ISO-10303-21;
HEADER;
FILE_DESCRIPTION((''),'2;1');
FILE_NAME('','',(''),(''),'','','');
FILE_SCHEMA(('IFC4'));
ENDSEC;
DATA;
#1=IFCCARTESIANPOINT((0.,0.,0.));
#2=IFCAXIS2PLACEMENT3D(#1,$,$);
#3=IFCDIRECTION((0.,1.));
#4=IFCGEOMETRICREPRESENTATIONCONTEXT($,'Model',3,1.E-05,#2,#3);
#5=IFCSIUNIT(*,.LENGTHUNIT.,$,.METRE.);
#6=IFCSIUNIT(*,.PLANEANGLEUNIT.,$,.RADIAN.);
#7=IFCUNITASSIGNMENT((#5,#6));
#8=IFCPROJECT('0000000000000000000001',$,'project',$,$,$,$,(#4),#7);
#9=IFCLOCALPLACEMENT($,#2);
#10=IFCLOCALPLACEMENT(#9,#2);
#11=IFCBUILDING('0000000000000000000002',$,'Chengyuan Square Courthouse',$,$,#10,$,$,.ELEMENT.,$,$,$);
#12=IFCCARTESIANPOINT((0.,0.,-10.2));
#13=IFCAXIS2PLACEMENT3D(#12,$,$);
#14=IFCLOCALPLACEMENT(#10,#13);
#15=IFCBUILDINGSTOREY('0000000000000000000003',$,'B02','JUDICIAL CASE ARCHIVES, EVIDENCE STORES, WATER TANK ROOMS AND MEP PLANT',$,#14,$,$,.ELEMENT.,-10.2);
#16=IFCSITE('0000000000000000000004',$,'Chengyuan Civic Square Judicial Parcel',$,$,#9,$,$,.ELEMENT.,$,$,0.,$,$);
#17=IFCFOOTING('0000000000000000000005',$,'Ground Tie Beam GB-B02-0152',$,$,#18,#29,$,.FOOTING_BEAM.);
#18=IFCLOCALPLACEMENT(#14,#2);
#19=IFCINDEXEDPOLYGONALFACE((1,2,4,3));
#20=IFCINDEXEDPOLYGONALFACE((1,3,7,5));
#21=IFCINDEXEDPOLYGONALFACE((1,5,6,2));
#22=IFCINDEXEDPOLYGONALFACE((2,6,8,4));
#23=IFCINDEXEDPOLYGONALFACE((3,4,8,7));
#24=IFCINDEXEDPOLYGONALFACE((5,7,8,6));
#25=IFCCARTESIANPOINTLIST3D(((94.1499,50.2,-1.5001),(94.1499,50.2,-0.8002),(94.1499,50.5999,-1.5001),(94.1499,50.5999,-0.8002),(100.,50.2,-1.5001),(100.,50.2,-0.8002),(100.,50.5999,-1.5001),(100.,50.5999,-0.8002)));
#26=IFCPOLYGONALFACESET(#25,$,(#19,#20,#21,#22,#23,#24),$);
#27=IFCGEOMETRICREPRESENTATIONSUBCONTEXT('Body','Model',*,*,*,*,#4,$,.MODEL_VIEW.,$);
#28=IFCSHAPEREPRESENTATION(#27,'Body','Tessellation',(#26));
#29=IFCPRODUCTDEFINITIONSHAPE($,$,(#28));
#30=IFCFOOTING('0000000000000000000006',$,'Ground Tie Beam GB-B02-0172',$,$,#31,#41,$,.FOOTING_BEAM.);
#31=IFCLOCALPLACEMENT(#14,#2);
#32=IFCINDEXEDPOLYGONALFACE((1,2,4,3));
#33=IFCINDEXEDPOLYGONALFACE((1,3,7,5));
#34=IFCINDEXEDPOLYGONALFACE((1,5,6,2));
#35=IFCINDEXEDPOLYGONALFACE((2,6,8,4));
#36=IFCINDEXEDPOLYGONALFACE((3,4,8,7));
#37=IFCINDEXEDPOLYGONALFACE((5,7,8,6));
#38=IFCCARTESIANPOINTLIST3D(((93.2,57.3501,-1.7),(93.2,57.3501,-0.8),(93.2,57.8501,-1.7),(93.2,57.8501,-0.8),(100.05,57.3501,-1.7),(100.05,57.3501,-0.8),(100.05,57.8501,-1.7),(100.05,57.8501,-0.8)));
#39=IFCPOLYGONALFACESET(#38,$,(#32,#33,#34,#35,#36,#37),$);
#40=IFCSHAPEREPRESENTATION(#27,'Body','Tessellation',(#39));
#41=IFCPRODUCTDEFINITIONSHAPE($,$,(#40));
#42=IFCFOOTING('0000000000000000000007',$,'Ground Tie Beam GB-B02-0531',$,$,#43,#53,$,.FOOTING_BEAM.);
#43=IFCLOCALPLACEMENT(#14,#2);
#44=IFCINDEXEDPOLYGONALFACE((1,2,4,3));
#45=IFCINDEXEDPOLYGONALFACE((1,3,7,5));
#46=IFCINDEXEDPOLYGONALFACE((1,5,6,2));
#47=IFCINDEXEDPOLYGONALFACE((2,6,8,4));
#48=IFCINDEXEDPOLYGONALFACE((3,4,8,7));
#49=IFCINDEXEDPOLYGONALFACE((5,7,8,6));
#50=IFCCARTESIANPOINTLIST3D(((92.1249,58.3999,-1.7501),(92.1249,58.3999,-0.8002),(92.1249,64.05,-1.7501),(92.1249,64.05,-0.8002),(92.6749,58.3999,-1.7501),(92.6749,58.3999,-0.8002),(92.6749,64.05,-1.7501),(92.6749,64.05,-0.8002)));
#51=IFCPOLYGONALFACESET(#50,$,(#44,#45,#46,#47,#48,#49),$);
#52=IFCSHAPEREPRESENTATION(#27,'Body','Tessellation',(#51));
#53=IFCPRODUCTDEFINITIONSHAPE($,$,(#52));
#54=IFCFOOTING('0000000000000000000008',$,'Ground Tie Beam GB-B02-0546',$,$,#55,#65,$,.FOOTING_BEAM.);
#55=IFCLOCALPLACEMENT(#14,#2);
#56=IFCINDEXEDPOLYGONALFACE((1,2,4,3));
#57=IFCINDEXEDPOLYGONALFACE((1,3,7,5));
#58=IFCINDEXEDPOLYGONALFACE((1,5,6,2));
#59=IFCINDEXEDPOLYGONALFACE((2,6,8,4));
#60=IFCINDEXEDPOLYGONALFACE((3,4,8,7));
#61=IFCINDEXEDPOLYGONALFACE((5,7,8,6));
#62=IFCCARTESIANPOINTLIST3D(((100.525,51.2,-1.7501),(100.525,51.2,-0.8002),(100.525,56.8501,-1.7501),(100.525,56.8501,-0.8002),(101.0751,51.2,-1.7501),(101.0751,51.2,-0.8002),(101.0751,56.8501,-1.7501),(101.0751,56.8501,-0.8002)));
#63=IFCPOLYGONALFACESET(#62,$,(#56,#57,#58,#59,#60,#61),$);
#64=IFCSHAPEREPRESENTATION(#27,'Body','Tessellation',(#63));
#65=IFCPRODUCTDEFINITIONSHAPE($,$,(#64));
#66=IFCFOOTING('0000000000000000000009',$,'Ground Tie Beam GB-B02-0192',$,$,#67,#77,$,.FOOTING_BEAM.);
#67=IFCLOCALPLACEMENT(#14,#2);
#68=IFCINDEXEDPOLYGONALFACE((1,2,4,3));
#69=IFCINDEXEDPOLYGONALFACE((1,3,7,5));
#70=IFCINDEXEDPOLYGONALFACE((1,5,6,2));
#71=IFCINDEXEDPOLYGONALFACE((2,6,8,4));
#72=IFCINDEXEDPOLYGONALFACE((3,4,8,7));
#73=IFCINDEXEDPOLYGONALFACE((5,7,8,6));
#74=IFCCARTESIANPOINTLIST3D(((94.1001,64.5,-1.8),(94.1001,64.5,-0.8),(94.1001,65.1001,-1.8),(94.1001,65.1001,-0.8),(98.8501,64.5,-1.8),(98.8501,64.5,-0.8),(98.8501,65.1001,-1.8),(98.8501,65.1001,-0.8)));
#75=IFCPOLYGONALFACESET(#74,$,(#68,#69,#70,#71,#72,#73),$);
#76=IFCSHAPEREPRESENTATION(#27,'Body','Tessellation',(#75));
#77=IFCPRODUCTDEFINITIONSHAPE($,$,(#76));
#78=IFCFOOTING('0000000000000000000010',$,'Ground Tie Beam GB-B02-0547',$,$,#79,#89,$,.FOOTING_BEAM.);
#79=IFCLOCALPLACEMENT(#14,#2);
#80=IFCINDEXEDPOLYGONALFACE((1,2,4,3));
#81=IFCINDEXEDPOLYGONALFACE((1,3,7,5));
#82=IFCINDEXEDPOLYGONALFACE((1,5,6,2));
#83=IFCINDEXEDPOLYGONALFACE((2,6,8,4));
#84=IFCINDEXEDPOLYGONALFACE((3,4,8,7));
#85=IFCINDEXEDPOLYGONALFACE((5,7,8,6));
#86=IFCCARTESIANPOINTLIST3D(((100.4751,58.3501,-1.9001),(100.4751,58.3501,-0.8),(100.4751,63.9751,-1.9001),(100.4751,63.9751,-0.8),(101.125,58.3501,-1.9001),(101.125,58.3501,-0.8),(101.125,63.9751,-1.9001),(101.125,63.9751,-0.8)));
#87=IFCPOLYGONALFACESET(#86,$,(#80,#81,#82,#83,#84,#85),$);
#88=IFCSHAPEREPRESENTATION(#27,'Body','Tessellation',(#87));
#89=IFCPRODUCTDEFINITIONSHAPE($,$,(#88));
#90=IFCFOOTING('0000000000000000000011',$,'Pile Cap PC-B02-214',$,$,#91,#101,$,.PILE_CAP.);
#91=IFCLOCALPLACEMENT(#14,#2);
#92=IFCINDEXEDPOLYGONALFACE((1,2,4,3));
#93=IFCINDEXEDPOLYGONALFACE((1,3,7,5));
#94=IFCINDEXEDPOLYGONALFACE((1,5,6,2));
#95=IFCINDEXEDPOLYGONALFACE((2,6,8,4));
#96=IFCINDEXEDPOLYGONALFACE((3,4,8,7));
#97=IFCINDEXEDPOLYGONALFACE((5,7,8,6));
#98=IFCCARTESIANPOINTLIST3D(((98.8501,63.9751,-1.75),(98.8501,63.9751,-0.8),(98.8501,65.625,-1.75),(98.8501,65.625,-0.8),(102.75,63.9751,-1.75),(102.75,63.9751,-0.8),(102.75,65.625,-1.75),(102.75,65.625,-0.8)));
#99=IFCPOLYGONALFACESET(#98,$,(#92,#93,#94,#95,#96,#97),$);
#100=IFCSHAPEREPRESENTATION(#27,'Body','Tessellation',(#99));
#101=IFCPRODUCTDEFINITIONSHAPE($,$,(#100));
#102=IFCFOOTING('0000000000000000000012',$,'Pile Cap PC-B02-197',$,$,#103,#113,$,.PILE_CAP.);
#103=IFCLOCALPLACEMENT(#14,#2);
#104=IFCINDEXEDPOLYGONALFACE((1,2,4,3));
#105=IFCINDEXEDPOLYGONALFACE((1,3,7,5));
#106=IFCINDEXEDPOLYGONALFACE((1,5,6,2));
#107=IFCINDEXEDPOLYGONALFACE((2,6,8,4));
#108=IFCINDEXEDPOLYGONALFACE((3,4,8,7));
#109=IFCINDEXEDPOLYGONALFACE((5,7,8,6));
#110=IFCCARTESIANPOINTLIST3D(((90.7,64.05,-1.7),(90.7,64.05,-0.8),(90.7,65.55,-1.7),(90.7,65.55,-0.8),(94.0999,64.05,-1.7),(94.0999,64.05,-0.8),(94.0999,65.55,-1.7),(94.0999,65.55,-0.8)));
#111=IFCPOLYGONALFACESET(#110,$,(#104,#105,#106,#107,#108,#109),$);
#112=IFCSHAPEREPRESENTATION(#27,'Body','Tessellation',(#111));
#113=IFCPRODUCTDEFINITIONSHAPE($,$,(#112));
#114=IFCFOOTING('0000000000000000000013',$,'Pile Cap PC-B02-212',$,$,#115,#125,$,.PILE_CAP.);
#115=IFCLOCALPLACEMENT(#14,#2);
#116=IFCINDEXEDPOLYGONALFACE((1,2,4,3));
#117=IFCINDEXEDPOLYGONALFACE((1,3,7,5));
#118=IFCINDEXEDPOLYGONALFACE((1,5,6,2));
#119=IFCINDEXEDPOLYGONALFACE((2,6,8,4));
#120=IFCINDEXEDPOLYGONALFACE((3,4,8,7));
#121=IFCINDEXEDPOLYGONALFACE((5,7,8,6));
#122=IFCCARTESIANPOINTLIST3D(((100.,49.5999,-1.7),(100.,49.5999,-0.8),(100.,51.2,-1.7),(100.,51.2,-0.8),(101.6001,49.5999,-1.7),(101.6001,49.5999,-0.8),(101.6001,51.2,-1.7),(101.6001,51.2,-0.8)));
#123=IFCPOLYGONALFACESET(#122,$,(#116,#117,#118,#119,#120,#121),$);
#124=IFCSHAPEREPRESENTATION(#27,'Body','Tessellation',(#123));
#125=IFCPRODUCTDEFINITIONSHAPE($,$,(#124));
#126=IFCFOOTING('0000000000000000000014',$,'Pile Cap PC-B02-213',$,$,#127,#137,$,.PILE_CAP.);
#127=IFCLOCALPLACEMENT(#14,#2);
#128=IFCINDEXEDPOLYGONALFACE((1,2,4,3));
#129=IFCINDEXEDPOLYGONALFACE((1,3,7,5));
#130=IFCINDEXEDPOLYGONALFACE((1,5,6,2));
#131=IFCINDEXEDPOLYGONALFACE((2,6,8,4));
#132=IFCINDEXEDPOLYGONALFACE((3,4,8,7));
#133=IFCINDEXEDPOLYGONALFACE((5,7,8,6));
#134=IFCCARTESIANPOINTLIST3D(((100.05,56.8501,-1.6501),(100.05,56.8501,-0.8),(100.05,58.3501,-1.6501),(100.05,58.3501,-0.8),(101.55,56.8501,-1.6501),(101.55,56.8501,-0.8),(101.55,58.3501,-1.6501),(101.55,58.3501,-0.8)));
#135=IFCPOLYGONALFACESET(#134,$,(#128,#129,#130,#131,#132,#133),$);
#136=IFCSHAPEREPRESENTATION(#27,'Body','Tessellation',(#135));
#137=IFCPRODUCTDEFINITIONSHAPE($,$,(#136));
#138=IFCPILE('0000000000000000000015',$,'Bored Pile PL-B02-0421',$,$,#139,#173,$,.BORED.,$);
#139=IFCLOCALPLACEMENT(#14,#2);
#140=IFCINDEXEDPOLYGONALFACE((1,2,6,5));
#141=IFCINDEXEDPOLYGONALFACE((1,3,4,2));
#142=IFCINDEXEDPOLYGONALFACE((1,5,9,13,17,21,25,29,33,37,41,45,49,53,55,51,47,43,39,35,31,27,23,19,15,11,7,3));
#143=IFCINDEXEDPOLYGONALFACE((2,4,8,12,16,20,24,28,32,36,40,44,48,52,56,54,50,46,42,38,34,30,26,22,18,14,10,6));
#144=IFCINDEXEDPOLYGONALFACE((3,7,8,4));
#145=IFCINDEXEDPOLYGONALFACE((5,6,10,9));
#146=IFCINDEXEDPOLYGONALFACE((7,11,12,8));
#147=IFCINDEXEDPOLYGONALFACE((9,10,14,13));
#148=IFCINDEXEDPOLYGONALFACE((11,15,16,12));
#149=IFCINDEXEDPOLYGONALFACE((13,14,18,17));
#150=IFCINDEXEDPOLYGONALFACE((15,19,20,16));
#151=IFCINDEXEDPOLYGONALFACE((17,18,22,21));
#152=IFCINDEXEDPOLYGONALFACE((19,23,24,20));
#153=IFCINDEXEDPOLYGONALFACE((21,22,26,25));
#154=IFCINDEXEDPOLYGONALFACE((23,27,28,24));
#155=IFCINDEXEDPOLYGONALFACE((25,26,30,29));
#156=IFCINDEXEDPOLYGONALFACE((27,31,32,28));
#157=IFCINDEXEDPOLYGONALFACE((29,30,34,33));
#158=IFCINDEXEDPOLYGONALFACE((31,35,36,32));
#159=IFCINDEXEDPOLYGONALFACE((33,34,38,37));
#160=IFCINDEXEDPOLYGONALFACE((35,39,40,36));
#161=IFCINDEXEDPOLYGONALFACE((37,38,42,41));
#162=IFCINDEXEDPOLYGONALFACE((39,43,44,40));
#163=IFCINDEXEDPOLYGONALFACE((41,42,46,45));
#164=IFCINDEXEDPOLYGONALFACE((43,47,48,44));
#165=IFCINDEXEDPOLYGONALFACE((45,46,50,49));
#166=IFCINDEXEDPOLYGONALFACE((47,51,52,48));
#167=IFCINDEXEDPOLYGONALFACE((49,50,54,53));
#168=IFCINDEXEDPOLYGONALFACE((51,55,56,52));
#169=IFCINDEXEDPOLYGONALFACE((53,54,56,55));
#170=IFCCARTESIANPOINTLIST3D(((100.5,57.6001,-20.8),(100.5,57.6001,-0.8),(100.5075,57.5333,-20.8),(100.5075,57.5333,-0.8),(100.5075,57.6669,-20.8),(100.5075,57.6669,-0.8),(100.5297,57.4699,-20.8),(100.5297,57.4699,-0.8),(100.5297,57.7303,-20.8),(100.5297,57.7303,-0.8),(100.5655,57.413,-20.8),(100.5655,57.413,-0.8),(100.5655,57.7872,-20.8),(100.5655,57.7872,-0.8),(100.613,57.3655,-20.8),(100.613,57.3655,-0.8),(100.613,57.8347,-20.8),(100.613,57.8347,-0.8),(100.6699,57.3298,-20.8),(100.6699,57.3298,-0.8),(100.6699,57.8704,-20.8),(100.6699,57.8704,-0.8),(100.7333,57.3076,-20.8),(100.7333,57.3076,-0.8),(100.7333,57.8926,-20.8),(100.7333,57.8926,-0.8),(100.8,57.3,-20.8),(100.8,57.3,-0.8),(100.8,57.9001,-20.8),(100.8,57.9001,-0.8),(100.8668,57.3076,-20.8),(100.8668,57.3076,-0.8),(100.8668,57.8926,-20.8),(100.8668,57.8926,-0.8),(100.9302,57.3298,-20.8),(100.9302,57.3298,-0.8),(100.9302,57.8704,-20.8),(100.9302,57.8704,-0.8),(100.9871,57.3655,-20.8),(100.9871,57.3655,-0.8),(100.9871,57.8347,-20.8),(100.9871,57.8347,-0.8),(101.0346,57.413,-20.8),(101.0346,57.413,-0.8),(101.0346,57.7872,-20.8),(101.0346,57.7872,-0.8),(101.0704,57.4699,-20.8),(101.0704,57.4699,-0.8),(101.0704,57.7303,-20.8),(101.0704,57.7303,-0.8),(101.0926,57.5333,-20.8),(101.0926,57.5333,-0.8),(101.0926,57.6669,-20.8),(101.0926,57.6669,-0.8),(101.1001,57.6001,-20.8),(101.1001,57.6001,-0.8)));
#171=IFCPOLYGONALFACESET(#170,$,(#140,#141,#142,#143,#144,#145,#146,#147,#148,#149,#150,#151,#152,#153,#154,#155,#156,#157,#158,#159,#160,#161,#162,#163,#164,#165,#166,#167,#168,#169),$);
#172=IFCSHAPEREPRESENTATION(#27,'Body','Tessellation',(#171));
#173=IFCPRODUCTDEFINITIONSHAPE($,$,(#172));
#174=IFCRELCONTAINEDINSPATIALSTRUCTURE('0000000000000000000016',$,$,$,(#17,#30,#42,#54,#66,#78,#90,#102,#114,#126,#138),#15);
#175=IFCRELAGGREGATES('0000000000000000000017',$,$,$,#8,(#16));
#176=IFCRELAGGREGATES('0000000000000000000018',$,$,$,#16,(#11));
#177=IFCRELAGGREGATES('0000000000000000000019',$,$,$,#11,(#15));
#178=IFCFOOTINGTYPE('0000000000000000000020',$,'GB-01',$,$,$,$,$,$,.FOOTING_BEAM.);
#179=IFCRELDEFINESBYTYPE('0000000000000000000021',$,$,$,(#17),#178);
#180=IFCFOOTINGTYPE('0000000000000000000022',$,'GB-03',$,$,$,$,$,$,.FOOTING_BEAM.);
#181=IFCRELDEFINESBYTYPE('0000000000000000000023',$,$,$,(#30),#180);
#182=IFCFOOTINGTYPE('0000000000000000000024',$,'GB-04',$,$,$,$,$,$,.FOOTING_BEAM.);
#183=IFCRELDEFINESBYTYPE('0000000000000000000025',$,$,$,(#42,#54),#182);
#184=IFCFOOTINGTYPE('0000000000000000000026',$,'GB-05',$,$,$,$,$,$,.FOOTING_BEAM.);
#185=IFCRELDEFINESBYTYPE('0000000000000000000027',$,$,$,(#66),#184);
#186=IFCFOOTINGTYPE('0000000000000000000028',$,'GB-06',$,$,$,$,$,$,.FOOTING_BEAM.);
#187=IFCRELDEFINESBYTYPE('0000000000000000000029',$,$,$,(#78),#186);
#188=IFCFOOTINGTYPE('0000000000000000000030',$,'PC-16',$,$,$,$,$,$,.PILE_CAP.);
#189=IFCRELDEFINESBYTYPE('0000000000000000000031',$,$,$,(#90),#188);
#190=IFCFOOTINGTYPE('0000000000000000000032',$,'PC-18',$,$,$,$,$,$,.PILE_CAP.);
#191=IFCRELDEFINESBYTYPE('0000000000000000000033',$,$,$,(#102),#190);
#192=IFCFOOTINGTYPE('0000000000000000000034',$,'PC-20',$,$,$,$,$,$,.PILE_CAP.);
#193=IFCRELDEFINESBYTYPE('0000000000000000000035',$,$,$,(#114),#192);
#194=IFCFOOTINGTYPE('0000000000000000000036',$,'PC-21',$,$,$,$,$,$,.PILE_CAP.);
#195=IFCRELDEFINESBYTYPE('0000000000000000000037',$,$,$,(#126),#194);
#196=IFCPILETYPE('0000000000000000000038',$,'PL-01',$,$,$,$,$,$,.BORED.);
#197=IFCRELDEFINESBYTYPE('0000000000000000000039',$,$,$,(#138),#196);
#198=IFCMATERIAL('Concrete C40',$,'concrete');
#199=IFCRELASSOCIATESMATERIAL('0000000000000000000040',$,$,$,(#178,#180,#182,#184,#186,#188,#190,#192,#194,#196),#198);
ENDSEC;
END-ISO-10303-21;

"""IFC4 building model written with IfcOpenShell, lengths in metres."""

from ifc_helpers import new_model, si_unit, direction, frame, origin, origin_2d, place, context, subcontext, project, spatial, rectangle, circle, extrude, material, material_profile, profile_set, type_object, element, save


model = new_model("IFC4")

# Units and contexts
model_context = context("Model", 3, precision=1e-05, world=origin(), true_north=direction((0.0, 1.0)))
body_context = subcontext(model_context, "Body", "Model", "MODEL_VIEW")
ifc_project = project(units=[si_unit("LENGTHUNIT", "METRE"), si_unit("PLANEANGLEUNIT", "RADIAN")], contexts=[model_context])

# Site, building, storey
site_placement = place(None, origin())
site = spatial("IfcSite", under=ifc_project, at=site_placement, Name="Chengyuan Civic Square Judicial Parcel", CompositionType="ELEMENT", RefElevation=0.0)
building_placement = place(site_placement, origin())
building = spatial("IfcBuilding", under=site, at=building_placement, Name="Chengyuan Square Courthouse", CompositionType="ELEMENT")
storey_placement = place(building_placement, frame((0.0, 0.0, -10.2)))
storey = spatial("IfcBuildingStorey", under=building, at=storey_placement, Name="B02", Description="JUDICIAL CASE ARCHIVES, EVIDENCE STORES, WATER TANK ROOMS AND MEP PLANT", CompositionType="ELEMENT", Elevation=-10.2)

# Footings
ifc_material_1 = material(Name="Concrete C40", Category="concrete")
ifc_material_profile_1 = material_profile(ifc_material_1, rectangle(XDim=0.3999, YDim=0.7, at=origin_2d()), Name="GB-400x700")
ifc_profile_set_1 = profile_set([ifc_material_profile_1], Name="Concrete C40")
footing_type_1 = type_object("IfcFootingType", Name="GB-01", PredefinedType="FOOTING_BEAM", material=ifc_profile_set_1)
footing_1_placement = place(storey_placement, frame((94.1499, 50.3999, -1.1501), z_axis=(1.0, 0.0, 0.0), x_axis=(0.0, 1.0, 0.0)))
element("IfcFooting", 1, at=footing_1_placement, inside=storey, type_object=footing_type_1, Name="Ground Tie Beam GB-B02-0152", PredefinedType="FOOTING_BEAM", context=body_context, shape_type="SweptSolid", body=[
    extrude(rectangle(XDim=0.3999, YDim=0.7, at=origin_2d()), origin(), (0.0, 0.0, 1.0), 5.8501),
])
ifc_material_profile_2 = material_profile(ifc_material_1, rectangle(XDim=0.5, YDim=0.8999, at=origin_2d()), Name="GB-500x900")
ifc_profile_set_2 = profile_set([ifc_material_profile_2], Name="Concrete C40")
footing_type_2 = type_object("IfcFootingType", Name="GB-03", PredefinedType="FOOTING_BEAM", material=ifc_profile_set_2)
footing_2_placement = place(storey_placement, frame((93.2, 57.6001, -1.25), z_axis=(1.0, 0.0, 0.0), x_axis=(0.0, 1.0, 0.0)))
element("IfcFooting", 2, at=footing_2_placement, inside=storey, type_object=footing_type_2, Name="Ground Tie Beam GB-B02-0172", PredefinedType="FOOTING_BEAM", context=body_context, shape_type="SweptSolid", body=[
    extrude(rectangle(XDim=0.5, YDim=0.8999, at=origin_2d()), origin(), (0.0, 0.0, 1.0), 6.8501),
])
ifc_material_profile_3 = material_profile(ifc_material_1, rectangle(XDim=0.55, YDim=0.95, at=origin_2d()), Name="GB-550x950")
ifc_profile_set_3 = profile_set([ifc_material_profile_3], Name="Concrete C40")
footing_type_3 = type_object("IfcFootingType", Name="GB-04", PredefinedType="FOOTING_BEAM", material=ifc_profile_set_3)
for number, where, z_axis, x_axis, name in (
    (3, (92.3999, 58.3999, -1.2751), (0.0, 1.0, 0.0), (-1.0, 0.0, 0.0), "Ground Tie Beam GB-B02-0531"),
    (4, (100.8, 51.2, -1.2751), (0.0, 1.0, 0.0), (-1.0, 0.0, 0.0), "Ground Tie Beam GB-B02-0546"),
):
    element("IfcFooting", number, at=place(storey_placement, frame(where, z_axis=z_axis, x_axis=x_axis)), inside=storey, type_object=footing_type_3, Name=name, PredefinedType="FOOTING_BEAM", context=body_context, shape_type="SweptSolid", body=[
        extrude(rectangle(XDim=0.55, YDim=0.95, at=origin_2d()), origin(), (0.0, 0.0, 1.0), 5.6501),
    ])
ifc_material_profile_4 = material_profile(ifc_material_1, rectangle(XDim=0.6001, YDim=1.0, at=origin_2d()), Name="GB-600x1000")
ifc_profile_set_4 = profile_set([ifc_material_profile_4], Name="Concrete C40")
footing_type_4 = type_object("IfcFootingType", Name="GB-05", PredefinedType="FOOTING_BEAM", material=ifc_profile_set_4)
footing_3_placement = place(storey_placement, frame((94.1001, 64.8, -1.3), z_axis=(1.0, 0.0, 0.0), x_axis=(0.0, 1.0, 0.0)))
element("IfcFooting", 5, at=footing_3_placement, inside=storey, type_object=footing_type_4, Name="Ground Tie Beam GB-B02-0192", PredefinedType="FOOTING_BEAM", context=body_context, shape_type="SweptSolid", body=[
    extrude(rectangle(XDim=0.6001, YDim=1.0, at=origin_2d()), origin(), (0.0, 0.0, 1.0), 4.75),
])
ifc_material_profile_5 = material_profile(ifc_material_1, rectangle(XDim=0.6499, YDim=1.1001, at=origin_2d()), Name="GB-650x1100")
ifc_profile_set_5 = profile_set([ifc_material_profile_5], Name="Concrete C40")
footing_type_5 = type_object("IfcFootingType", Name="GB-06", PredefinedType="FOOTING_BEAM", material=ifc_profile_set_5)
footing_4_placement = place(storey_placement, frame((100.8, 58.3501, -1.3501), z_axis=(0.0, 1.0, 0.0), x_axis=(-1.0, 0.0, 0.0)))
element("IfcFooting", 6, at=footing_4_placement, inside=storey, type_object=footing_type_5, Name="Ground Tie Beam GB-B02-0547", PredefinedType="FOOTING_BEAM", context=body_context, shape_type="SweptSolid", body=[
    extrude(rectangle(XDim=0.6499, YDim=1.1001, at=origin_2d()), origin(), (0.0, 0.0, 1.0), 5.625),
])
footing_type_6 = type_object("IfcFootingType", Name="PC-16", PredefinedType="PILE_CAP", material=ifc_material_1)
footing_5_placement = place(storey_placement, frame((100.8, 64.8, -1.75), z_axis=(0.0, 0.0, 1.0), x_axis=(1.0, 0.0, 0.0)))
element("IfcFooting", 7, at=footing_5_placement, inside=storey, type_object=footing_type_6, Name="Pile Cap PC-B02-214", PredefinedType="PILE_CAP", context=body_context, shape_type="SweptSolid", body=[
    extrude(rectangle(XDim=3.8999, YDim=1.6499, at=origin_2d()), origin(), (0.0, 0.0, 1.0), 0.95),
])
footing_type_7 = type_object("IfcFootingType", Name="PC-18", PredefinedType="PILE_CAP", material=ifc_material_1)
footing_6_placement = place(storey_placement, frame((92.3999, 64.8, -1.7), z_axis=(0.0, 0.0, 1.0), x_axis=(1.0, 0.0, 0.0)))
element("IfcFooting", 8, at=footing_6_placement, inside=storey, type_object=footing_type_7, Name="Pile Cap PC-B02-197", PredefinedType="PILE_CAP", context=body_context, shape_type="SweptSolid", body=[
    extrude(rectangle(XDim=3.3999, YDim=1.5, at=origin_2d()), origin(), (0.0, 0.0, 1.0), 0.8999),
])
footing_type_8 = type_object("IfcFootingType", Name="PC-20", PredefinedType="PILE_CAP", material=ifc_material_1)
footing_7_placement = place(storey_placement, frame((100.8, 50.3999, -1.7), z_axis=(0.0, 0.0, 1.0), x_axis=(1.0, 0.0, 0.0)))
element("IfcFooting", 9, at=footing_7_placement, inside=storey, type_object=footing_type_8, Name="Pile Cap PC-B02-212", PredefinedType="PILE_CAP", context=body_context, shape_type="SweptSolid", body=[
    extrude(rectangle(XDim=1.6001, YDim=1.6001, at=origin_2d()), origin(), (0.0, 0.0, 1.0), 0.8999),
])
footing_type_9 = type_object("IfcFootingType", Name="PC-21", PredefinedType="PILE_CAP", material=ifc_material_1)
footing_8_placement = place(storey_placement, frame((100.8, 57.6001, -1.6501), z_axis=(0.0, 0.0, 1.0), x_axis=(1.0, 0.0, 0.0)))
element("IfcFooting", 10, at=footing_8_placement, inside=storey, type_object=footing_type_9, Name="Pile Cap PC-B02-213", PredefinedType="PILE_CAP", context=body_context, shape_type="SweptSolid", body=[
    extrude(rectangle(XDim=1.5, YDim=1.5, at=origin_2d()), origin(), (0.0, 0.0, 1.0), 0.8501),
])

# Pile
ifc_material_profile_6 = material_profile(ifc_material_1, circle(Radius=0.3, at=origin_2d()), Name="BORED PILE D600")
ifc_profile_set_6 = profile_set([ifc_material_profile_6], Name="Concrete C40")
pile_type_1 = type_object("IfcPileType", Name="PL-01", PredefinedType="BORED", material=ifc_profile_set_6)
pile_1_placement = place(storey_placement, frame((100.8, 57.6001, -0.8), z_axis=(0.0, 0.0, -1.0), x_axis=(1.0, 0.0, 0.0)))
element("IfcPile", 11, at=pile_1_placement, inside=storey, type_object=pile_type_1, Name="Bored Pile PL-B02-0421", PredefinedType="BORED", context=body_context, shape_type="SweptSolid", body=[
    extrude(circle(Radius=0.3, at=origin_2d()), origin(), (0.0, 0.0, 1.0), 20.0),
])

save(model, "model.ifc")
